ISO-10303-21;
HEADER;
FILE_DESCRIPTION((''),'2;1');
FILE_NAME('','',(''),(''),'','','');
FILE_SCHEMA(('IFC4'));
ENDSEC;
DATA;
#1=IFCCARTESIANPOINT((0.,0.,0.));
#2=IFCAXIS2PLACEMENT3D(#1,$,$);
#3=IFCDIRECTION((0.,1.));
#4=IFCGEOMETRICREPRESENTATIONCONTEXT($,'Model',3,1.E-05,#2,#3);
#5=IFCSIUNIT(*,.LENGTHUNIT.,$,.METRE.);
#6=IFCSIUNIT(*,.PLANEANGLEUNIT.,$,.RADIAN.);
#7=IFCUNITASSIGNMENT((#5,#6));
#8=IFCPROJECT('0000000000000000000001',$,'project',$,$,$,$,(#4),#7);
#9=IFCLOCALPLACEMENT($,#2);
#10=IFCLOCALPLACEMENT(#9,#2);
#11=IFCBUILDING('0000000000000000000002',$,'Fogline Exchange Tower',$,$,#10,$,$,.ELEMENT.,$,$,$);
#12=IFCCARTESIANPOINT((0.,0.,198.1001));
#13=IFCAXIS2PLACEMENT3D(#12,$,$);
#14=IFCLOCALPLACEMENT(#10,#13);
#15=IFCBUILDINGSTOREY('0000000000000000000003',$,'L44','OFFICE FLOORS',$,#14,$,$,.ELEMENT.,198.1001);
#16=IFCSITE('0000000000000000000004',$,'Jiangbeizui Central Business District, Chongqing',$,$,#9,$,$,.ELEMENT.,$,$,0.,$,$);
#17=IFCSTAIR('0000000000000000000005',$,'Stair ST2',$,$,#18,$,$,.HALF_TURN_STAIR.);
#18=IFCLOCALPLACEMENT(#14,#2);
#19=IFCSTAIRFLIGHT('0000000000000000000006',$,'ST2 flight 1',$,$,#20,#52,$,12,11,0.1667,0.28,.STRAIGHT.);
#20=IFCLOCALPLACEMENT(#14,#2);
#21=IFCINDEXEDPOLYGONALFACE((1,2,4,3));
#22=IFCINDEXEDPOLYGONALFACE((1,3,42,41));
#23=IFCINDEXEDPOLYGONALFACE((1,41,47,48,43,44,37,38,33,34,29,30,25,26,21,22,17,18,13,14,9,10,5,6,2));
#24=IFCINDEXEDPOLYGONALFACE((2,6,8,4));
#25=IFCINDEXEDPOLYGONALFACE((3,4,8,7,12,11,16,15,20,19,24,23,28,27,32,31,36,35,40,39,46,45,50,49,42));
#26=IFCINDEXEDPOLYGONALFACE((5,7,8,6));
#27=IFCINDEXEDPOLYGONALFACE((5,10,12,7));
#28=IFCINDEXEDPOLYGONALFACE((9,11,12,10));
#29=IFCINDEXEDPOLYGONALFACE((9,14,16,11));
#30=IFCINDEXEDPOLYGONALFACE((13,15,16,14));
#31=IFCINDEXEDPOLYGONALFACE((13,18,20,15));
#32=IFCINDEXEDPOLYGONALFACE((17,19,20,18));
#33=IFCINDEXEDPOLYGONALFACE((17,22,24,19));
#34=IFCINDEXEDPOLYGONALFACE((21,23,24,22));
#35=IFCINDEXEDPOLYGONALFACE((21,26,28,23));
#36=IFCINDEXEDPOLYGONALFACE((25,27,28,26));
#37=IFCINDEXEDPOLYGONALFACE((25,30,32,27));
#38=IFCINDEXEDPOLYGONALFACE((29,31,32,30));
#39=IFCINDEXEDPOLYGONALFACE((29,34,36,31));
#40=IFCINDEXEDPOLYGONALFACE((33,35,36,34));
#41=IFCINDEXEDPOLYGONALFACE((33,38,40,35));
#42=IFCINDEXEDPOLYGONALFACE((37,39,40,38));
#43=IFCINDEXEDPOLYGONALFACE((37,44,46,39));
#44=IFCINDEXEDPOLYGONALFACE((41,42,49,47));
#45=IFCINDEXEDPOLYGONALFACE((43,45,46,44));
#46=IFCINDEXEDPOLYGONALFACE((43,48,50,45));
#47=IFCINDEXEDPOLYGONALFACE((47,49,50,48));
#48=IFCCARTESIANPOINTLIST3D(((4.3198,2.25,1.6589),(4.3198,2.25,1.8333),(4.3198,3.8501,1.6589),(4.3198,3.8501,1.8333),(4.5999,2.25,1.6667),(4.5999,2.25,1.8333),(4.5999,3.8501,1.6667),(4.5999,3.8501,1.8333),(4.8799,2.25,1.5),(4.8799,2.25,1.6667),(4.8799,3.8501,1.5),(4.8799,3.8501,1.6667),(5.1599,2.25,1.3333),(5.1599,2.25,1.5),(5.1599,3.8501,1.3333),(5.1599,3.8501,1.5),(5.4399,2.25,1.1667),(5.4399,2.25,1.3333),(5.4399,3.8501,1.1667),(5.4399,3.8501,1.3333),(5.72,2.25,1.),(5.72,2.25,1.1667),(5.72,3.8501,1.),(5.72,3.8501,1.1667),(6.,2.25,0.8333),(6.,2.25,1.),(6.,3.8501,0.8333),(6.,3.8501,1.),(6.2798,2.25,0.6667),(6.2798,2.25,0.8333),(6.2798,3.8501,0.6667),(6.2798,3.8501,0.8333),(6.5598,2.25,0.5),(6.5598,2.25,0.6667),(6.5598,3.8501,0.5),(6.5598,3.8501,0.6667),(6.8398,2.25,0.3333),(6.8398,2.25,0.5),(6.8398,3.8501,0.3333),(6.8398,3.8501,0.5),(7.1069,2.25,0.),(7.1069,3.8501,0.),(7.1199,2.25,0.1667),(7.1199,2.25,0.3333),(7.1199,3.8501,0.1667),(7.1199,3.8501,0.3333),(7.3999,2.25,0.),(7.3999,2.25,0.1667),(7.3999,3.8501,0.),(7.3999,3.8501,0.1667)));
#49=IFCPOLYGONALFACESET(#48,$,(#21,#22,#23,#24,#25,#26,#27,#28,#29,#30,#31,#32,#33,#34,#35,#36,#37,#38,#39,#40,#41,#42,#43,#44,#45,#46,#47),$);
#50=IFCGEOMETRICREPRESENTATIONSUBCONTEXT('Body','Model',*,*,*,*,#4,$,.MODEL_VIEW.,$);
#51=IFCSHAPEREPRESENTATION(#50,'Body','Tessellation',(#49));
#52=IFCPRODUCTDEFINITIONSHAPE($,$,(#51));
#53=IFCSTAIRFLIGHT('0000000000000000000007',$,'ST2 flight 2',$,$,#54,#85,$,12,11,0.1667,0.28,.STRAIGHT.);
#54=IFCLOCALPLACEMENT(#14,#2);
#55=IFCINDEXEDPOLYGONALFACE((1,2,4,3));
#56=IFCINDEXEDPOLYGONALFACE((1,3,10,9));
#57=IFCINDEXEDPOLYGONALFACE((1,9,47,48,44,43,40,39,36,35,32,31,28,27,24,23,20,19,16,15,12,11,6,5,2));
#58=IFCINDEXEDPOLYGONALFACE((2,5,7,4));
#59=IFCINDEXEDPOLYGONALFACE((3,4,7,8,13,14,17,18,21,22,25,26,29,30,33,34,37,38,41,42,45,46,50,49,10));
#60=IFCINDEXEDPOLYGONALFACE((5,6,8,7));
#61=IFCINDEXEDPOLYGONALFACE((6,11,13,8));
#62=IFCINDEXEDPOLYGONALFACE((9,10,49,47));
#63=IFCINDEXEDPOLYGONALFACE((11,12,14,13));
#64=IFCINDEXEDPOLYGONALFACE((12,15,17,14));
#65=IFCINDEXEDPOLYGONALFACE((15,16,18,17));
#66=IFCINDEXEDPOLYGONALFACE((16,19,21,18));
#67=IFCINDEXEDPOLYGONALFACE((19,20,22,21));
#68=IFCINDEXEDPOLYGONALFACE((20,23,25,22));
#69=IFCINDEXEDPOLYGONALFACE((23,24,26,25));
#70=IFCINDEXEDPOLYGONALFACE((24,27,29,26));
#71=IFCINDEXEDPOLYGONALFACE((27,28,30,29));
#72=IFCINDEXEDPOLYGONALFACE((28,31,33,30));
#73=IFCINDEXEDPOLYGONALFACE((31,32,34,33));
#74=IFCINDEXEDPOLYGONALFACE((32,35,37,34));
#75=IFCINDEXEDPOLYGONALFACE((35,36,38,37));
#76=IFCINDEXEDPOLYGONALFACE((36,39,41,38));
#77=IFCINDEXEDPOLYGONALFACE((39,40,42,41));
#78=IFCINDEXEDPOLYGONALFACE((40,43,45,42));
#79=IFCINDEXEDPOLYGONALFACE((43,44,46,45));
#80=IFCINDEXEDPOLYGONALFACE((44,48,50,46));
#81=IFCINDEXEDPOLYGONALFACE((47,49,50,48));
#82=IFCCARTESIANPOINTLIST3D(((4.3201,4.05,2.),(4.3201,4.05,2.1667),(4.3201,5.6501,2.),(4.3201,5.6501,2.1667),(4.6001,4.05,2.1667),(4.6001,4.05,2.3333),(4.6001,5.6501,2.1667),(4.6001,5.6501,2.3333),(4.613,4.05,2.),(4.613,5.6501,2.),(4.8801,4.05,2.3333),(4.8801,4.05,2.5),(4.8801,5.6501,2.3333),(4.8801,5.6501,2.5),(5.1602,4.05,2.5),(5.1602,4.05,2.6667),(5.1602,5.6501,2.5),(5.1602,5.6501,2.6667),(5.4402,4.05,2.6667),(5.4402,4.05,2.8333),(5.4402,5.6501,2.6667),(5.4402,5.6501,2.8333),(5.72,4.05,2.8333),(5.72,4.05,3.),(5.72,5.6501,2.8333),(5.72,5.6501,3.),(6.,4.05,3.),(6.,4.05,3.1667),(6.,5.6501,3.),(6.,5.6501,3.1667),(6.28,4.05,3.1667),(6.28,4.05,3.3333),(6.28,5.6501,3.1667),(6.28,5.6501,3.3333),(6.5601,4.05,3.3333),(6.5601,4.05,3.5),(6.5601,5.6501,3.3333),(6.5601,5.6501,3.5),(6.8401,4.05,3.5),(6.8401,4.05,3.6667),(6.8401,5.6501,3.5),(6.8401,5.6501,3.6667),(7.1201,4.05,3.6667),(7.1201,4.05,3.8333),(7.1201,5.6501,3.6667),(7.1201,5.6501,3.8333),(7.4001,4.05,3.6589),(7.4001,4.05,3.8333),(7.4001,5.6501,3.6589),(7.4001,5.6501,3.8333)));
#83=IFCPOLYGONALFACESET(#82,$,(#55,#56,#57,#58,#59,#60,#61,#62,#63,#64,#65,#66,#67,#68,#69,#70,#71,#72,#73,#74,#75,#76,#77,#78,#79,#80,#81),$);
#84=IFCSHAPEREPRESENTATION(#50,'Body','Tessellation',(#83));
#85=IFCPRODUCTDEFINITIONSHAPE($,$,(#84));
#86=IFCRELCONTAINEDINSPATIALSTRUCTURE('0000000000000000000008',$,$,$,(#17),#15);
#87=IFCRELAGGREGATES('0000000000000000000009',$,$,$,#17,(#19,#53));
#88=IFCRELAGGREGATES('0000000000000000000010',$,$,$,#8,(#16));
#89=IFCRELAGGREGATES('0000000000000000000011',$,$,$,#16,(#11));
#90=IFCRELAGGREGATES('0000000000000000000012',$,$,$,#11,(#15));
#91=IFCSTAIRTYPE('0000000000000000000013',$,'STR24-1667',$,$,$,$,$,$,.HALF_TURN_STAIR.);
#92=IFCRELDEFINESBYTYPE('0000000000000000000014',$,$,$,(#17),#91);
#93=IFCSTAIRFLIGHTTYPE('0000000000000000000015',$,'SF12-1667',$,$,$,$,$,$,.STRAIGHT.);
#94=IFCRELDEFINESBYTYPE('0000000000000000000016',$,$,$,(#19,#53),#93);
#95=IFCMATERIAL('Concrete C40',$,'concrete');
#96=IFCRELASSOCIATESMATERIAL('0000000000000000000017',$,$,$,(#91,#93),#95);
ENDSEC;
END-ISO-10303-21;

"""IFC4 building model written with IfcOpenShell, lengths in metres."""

from ifc_helpers import new_model, si_unit, direction, frame, origin, place, context, subcontext, project, spatial, polyline, outline, extrude, material, type_object, element, aggregate, save


model = new_model("IFC4")

# Units and contexts
model_context = context("Model", 3, precision=1e-05, world=origin(), true_north=direction((0.0, 1.0)))
body_context = subcontext(model_context, "Body", "Model", "MODEL_VIEW")
ifc_project = project(units=[si_unit("LENGTHUNIT", "METRE"), si_unit("PLANEANGLEUNIT", "RADIAN")], contexts=[model_context])

# Site, building, storey
site_placement = place(None, origin())
site = spatial("IfcSite", under=ifc_project, at=site_placement, Name="Jiangbeizui Central Business District, Chongqing", CompositionType="ELEMENT", RefElevation=0.0)
building_placement = place(site_placement, origin())
building = spatial("IfcBuilding", under=site, at=building_placement, Name="Fogline Exchange Tower", CompositionType="ELEMENT")
storey_placement = place(building_placement, frame((0.0, 0.0, 198.1001)))
storey = spatial("IfcBuildingStorey", under=building, at=storey_placement, Name="L44", Description="OFFICE FLOORS", CompositionType="ELEMENT", Elevation=198.1001)

# Shared definitions
ifc_material_1 = material(Name="Concrete C40", Category="concrete")

# Stair
stair_type = type_object("IfcStairType", Name="STR24-1667", PredefinedType="HALF_TURN_STAIR", material=ifc_material_1)
stair_1_placement = place(storey_placement, origin())
stair_1 = element("IfcStair", 1, at=stair_1_placement, inside=storey, type_object=stair_type, Name="Stair ST2", PredefinedType="HALF_TURN_STAIR")

# Stair flights
stair_flight_type = type_object("IfcStairFlightType", Name="SF12-1667", PredefinedType="STRAIGHT", material=ifc_material_1)
stair_flight_1_placement = place(storey_placement, frame((7.3999, 3.05, 0.0), z_axis=(0.0, 0.0, 1.0), x_axis=(-1.0, 0.0, 0.0)))
stair_flight_1 = element("IfcStairFlight", 2, at=stair_flight_1_placement, type_object=stair_flight_type, Name="ST2 flight 1", NumberOfRisers=12, NumberOfTreads=11, PredefinedType="STRAIGHT", RiserHeight=0.1667, TreadLength=0.28, context=body_context, shape_type="SweptSolid", body=[
    extrude(outline(polyline([(0.0, 0.0), (0.0, 0.1667), (0.28, 0.1667), (0.28, 0.3333), (0.5601, 0.3333), (0.5601, 0.5), (0.8401, 0.5), (0.8401, 0.6667), (1.1201, 0.6667), (1.1201, 0.8333), (1.3999, 0.8333), (1.3999, 1.0), (1.6799, 1.0), (1.6799, 1.1667), (1.96, 1.1667), (1.96, 1.3333), (2.24, 1.3333), (2.24, 1.5), (2.52, 1.5), (2.52, 1.6667), (2.8, 1.6667), (2.8, 1.8333), (3.0801, 1.8333), (3.0801, 2.0), (3.0801, 1.6589), (0.293, 0.0), (0.0, 0.0)])), frame((0.0, 0.8, 0.0), z_axis=(0.0, -1.0, 0.0), x_axis=(1.0, 0.0, 0.0)), (0.0, 0.0, 1.0), 1.6001),
])
stair_flight_2_placement = place(storey_placement, frame((4.3201, 4.8501, 2.0), z_axis=(0.0, 0.0, 1.0), x_axis=(1.0, 0.0, 0.0)))
stair_flight_2 = element("IfcStairFlight", 3, at=stair_flight_2_placement, type_object=stair_flight_type, Name="ST2 flight 2", NumberOfRisers=12, NumberOfTreads=11, PredefinedType="STRAIGHT", RiserHeight=0.1667, TreadLength=0.28, context=body_context, shape_type="SweptSolid", body=[
    extrude(outline(polyline([(0.0, 0.0), (0.0, 0.1667), (0.28, 0.1667), (0.28, 0.3333), (0.5601, 0.3333), (0.5601, 0.5), (0.8401, 0.5), (0.8401, 0.6667), (1.1201, 0.6667), (1.1201, 0.8333), (1.3999, 0.8333), (1.3999, 1.0), (1.6799, 1.0), (1.6799, 1.1667), (1.96, 1.1667), (1.96, 1.3333), (2.24, 1.3333), (2.24, 1.5), (2.52, 1.5), (2.52, 1.6667), (2.8, 1.6667), (2.8, 1.8333), (3.0801, 1.8333), (3.0801, 2.0), (3.0801, 1.6589), (0.293, 0.0), (0.0, 0.0)])), frame((0.0, 0.8, 0.0), z_axis=(0.0, -1.0, 0.0), x_axis=(1.0, 0.0, 0.0)), (0.0, 0.0, 1.0), 1.6001),
])
aggregate(stair_1, [stair_flight_1, stair_flight_2])

save(model, "model.ifc")
